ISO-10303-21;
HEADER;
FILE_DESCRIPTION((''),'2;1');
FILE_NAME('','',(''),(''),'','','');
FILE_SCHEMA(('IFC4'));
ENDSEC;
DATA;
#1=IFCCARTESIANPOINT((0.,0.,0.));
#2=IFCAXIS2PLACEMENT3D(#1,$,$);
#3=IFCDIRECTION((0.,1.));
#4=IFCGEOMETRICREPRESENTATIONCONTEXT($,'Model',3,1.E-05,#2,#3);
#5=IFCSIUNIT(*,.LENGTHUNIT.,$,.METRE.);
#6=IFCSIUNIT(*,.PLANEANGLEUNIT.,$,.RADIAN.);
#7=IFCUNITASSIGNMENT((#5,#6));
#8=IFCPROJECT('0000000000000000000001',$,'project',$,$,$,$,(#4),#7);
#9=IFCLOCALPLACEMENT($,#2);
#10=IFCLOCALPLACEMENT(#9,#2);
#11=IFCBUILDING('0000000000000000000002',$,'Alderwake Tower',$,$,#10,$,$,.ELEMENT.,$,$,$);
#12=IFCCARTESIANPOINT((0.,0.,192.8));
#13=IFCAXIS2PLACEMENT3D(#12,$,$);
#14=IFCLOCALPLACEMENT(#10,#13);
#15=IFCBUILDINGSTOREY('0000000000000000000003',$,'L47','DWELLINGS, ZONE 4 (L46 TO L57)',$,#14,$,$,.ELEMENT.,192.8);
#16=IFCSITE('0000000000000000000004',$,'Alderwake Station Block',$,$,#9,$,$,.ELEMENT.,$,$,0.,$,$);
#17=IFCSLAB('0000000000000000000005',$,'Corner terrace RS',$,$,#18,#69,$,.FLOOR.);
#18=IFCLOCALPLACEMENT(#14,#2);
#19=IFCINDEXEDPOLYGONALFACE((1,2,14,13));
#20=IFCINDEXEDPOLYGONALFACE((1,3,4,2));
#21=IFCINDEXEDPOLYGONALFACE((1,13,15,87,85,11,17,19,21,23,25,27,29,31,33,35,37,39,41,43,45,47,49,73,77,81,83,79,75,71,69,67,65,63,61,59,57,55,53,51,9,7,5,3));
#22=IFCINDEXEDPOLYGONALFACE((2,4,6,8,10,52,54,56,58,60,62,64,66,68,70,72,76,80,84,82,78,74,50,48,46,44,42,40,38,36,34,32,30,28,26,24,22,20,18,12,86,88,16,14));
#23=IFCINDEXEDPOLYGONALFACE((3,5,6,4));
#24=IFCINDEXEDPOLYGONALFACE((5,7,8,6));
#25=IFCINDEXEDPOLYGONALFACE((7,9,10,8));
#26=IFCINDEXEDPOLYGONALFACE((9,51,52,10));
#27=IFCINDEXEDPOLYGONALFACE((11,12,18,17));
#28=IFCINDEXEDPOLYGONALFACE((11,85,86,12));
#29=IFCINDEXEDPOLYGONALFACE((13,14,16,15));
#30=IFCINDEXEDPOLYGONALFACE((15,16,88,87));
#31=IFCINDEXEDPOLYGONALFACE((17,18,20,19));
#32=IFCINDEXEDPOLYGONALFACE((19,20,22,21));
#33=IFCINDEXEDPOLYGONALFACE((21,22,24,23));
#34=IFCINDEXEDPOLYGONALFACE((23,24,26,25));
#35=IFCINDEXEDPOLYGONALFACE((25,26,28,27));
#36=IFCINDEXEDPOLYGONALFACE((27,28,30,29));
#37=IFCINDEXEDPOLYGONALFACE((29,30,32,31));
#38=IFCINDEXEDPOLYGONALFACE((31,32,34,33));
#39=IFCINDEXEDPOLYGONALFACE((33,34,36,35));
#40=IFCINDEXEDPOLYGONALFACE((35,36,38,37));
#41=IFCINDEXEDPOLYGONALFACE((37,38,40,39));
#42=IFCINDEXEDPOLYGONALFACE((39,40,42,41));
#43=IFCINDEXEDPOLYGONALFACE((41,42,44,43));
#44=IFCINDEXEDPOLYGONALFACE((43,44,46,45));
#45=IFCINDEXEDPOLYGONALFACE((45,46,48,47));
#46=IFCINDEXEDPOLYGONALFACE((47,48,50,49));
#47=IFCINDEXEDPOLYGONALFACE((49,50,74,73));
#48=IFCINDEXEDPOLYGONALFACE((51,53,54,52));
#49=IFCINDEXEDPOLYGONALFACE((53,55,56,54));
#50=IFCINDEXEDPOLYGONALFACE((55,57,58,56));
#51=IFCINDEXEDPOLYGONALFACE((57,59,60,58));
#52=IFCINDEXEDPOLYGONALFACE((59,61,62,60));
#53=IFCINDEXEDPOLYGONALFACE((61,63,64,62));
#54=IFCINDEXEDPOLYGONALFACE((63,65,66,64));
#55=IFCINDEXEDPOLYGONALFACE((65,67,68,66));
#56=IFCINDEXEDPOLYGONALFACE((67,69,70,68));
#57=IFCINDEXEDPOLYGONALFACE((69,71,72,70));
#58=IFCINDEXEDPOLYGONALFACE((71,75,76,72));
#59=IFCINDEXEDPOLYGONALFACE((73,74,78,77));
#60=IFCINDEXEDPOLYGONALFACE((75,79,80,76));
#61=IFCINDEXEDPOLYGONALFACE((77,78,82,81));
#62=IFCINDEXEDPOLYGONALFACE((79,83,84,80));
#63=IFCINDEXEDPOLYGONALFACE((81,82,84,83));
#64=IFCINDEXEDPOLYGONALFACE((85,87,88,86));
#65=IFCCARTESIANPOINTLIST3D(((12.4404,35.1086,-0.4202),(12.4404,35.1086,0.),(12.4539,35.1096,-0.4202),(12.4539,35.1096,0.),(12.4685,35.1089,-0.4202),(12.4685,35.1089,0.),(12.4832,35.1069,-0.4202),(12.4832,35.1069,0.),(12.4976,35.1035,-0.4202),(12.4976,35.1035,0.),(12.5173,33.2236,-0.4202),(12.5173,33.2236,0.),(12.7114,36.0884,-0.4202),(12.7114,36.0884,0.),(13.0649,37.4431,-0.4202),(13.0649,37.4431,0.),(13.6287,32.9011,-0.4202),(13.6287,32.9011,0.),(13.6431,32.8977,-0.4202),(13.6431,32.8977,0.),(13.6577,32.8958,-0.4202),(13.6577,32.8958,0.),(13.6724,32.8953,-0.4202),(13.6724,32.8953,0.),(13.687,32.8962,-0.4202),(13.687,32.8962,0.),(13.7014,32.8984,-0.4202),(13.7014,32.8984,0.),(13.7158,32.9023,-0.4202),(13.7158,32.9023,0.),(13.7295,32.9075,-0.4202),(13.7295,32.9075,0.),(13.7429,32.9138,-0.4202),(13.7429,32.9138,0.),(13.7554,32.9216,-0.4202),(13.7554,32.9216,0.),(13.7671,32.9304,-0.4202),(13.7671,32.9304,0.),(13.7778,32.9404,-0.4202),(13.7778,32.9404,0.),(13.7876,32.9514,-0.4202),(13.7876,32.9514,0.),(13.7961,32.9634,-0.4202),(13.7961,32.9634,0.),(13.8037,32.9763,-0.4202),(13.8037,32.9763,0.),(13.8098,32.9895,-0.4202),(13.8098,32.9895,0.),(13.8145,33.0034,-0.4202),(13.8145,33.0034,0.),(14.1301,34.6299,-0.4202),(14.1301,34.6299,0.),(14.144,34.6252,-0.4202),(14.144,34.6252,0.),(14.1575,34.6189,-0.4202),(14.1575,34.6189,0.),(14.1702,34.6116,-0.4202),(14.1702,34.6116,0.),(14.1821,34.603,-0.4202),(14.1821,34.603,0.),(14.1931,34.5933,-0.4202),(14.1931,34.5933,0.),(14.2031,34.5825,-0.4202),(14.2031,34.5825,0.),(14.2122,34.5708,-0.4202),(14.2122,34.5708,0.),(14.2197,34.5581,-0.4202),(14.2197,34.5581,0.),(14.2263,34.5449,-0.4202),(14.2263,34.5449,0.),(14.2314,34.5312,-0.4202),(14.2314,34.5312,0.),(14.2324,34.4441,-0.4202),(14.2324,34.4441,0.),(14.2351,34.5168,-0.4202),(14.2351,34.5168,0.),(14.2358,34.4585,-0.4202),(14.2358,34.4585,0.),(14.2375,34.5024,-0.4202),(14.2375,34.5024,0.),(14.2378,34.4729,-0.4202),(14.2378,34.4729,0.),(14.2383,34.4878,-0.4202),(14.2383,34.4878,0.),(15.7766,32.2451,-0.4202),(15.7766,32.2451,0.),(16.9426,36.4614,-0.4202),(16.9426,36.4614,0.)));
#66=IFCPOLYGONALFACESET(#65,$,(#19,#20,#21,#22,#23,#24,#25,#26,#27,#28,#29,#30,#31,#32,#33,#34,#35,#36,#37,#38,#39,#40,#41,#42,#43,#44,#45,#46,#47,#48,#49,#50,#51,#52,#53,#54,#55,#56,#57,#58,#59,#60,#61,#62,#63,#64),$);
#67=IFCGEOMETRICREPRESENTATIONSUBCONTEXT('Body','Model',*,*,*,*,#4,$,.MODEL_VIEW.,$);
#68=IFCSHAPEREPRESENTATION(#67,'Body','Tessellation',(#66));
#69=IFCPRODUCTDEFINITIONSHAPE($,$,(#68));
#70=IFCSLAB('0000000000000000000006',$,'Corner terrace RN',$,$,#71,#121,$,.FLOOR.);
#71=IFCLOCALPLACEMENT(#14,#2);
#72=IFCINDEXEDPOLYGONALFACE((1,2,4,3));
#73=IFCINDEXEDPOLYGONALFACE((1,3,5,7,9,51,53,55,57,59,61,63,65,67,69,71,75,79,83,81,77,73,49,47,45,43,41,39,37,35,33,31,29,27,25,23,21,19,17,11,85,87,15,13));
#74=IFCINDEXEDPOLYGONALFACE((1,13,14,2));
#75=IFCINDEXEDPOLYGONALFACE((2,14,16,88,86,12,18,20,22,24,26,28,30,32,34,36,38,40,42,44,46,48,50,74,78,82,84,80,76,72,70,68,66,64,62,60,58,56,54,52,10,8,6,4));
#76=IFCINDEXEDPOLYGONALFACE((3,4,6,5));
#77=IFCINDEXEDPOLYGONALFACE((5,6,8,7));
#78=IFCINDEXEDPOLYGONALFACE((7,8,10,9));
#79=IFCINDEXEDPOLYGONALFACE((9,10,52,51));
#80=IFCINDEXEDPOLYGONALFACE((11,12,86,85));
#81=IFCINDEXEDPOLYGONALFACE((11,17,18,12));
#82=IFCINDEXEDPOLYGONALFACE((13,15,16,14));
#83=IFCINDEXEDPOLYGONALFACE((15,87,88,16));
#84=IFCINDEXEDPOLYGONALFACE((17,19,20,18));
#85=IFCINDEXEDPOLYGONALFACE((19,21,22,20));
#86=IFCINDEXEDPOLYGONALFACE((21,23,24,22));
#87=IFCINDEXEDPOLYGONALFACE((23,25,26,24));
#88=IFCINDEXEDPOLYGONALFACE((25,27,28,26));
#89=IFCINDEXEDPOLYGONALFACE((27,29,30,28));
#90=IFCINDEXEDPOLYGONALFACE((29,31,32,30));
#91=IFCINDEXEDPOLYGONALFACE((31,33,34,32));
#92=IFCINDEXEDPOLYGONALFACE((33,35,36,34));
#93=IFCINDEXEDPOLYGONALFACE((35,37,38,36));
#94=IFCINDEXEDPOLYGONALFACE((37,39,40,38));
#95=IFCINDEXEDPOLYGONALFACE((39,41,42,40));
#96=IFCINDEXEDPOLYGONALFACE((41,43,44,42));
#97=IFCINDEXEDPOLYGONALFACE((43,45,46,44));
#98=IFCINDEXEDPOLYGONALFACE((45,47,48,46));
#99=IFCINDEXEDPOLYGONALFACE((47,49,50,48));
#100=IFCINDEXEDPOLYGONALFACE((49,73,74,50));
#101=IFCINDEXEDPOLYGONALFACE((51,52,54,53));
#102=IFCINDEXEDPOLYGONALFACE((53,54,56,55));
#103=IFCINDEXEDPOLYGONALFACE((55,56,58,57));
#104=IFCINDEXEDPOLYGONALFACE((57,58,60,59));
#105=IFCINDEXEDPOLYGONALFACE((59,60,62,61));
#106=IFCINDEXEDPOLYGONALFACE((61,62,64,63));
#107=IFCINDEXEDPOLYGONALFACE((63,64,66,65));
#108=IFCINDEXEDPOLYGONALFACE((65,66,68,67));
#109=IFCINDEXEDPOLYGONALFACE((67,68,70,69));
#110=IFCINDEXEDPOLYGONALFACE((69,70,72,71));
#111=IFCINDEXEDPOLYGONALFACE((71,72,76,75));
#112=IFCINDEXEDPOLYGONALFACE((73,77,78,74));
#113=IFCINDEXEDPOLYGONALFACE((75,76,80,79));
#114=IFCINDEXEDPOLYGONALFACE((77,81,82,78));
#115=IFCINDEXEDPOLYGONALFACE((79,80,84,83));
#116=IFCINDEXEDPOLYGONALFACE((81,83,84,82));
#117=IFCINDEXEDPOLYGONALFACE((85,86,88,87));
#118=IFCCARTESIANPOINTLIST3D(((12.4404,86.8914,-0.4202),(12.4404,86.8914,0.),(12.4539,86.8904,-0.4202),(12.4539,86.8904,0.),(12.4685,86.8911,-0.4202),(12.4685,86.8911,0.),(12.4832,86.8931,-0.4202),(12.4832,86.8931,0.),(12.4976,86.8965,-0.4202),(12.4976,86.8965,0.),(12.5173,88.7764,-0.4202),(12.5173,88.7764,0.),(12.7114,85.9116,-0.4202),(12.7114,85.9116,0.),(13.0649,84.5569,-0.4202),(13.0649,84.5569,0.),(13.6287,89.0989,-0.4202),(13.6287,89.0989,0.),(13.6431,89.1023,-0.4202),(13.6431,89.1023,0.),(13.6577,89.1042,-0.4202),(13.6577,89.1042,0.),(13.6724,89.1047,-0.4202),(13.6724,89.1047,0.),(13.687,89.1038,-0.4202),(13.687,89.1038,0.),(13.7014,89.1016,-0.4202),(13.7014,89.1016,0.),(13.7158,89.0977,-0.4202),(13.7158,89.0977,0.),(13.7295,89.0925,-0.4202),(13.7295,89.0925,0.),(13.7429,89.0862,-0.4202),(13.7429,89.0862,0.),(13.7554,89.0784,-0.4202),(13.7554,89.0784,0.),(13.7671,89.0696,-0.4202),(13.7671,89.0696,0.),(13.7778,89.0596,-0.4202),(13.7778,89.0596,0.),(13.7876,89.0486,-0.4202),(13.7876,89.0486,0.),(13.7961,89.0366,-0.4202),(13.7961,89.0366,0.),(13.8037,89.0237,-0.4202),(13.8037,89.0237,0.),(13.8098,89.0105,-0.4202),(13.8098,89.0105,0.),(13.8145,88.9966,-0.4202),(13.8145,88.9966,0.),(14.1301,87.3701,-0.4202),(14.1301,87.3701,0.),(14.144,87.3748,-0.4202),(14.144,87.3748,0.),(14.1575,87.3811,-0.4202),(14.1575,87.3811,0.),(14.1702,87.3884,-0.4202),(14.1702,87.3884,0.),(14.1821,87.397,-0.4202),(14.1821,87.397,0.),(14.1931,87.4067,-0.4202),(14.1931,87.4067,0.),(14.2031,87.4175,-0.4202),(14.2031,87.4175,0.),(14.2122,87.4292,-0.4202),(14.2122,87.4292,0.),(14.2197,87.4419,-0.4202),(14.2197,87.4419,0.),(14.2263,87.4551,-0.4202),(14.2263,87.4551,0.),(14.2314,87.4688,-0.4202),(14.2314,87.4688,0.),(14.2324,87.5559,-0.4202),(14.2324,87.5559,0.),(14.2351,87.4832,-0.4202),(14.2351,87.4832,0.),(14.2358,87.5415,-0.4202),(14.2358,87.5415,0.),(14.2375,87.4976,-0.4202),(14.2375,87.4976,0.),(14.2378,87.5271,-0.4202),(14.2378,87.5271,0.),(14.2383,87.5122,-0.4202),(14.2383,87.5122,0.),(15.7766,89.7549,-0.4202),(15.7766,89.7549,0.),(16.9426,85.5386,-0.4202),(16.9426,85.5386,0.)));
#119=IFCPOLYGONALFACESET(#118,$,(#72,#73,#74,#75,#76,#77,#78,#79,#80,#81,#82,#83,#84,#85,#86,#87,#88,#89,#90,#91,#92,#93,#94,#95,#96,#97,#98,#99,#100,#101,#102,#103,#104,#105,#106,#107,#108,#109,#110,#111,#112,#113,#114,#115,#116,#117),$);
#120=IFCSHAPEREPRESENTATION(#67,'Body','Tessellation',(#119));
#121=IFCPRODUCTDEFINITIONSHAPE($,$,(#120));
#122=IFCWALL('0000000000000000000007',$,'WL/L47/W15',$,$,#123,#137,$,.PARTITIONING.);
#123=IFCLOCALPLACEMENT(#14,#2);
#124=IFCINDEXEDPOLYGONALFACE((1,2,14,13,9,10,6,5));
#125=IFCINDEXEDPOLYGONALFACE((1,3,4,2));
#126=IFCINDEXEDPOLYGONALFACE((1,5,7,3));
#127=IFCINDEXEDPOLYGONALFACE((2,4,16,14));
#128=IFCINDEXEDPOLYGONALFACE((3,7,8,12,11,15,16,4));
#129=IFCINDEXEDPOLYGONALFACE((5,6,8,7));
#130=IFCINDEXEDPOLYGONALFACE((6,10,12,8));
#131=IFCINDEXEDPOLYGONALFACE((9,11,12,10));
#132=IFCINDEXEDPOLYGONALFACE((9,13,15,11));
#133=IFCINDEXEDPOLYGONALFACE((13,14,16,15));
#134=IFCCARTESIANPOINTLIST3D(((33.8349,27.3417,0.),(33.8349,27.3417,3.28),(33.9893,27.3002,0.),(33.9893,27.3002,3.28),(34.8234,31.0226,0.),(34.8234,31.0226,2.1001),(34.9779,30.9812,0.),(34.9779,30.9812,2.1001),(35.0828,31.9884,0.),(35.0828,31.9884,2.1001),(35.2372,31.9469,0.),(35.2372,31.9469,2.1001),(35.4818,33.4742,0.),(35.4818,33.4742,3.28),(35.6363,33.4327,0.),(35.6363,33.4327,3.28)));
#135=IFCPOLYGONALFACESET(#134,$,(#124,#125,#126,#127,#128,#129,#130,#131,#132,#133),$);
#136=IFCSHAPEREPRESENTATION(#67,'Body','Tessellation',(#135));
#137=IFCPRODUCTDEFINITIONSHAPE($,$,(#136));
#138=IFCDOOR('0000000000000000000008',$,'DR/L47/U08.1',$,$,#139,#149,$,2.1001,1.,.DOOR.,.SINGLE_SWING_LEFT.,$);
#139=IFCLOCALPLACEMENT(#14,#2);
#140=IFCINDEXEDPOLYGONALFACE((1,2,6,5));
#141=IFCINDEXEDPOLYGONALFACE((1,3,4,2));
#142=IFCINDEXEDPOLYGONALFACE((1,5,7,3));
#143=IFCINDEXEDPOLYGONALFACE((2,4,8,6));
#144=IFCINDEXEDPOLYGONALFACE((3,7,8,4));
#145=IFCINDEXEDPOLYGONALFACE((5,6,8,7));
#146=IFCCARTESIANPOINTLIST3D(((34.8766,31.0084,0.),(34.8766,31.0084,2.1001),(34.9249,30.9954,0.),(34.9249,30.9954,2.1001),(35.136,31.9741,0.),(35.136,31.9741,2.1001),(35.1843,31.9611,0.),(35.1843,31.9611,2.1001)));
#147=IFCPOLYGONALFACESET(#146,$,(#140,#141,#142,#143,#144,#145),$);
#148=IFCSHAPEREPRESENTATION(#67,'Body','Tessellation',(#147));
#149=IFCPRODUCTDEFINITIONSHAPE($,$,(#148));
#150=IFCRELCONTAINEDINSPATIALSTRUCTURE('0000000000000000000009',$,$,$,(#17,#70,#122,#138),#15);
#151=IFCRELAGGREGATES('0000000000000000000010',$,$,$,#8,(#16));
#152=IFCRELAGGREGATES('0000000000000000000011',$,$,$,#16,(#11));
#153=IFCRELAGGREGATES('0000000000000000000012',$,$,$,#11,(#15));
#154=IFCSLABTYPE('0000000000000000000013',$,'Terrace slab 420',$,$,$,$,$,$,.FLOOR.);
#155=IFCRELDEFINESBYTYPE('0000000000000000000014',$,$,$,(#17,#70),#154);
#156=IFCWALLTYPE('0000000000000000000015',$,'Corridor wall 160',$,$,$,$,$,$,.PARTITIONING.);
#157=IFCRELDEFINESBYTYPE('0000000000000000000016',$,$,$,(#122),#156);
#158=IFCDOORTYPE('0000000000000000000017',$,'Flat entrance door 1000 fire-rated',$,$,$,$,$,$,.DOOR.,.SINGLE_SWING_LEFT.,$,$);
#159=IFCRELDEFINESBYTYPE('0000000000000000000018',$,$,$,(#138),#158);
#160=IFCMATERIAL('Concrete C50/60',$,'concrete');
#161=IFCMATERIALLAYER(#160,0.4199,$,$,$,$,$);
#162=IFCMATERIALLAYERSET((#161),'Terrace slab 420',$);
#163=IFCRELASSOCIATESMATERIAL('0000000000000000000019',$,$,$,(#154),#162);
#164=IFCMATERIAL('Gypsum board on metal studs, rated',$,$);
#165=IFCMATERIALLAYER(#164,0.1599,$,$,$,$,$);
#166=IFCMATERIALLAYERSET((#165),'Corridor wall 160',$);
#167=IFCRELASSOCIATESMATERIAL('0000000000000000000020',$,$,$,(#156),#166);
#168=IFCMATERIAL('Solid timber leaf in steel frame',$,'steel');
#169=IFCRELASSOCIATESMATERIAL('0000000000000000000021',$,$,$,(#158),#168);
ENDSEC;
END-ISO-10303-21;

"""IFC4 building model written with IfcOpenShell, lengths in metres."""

from ifc_helpers import new_model, si_unit, direction, frame, frame_2d, origin, place, context, subcontext, project, spatial, polyline, rectangle, outline, extrude, material, layer, layer_set, type_object, element, fill, save


model = new_model("IFC4")

# Units and contexts
model_context = context("Model", 3, precision=1e-05, world=origin(), true_north=direction((0.0, 1.0)))
body_context = subcontext(model_context, "Body", "Model", "MODEL_VIEW")
ifc_project = project(units=[si_unit("LENGTHUNIT", "METRE"), si_unit("PLANEANGLEUNIT", "RADIAN")], contexts=[model_context])

# Site, building, storey
site_placement = place(None, origin())
site = spatial("IfcSite", under=ifc_project, at=site_placement, Name="Alderwake Station Block", CompositionType="ELEMENT", RefElevation=0.0)
building_placement = place(site_placement, origin())
building = spatial("IfcBuilding", under=site, at=building_placement, Name="Alderwake Tower", CompositionType="ELEMENT")
storey_placement = place(building_placement, frame((0.0, 0.0, 192.8)))
storey = spatial("IfcBuildingStorey", under=building, at=storey_placement, Name="L47", Description="DWELLINGS, ZONE 4 (L46 TO L57)", CompositionType="ELEMENT", Elevation=192.8)

# Slabs
ifc_material_1 = material(Name="Concrete C50/60", Category="concrete")
ifc_layer_1 = layer(ifc_material_1, 0.4199)
ifc_layer_set_1 = layer_set([ifc_layer_1], Name="Terrace slab 420")
slab_type_1 = type_object("IfcSlabType", Name="Terrace slab 420", PredefinedType="FLOOR", material=ifc_layer_set_1)
slab_1_placement = place(storey_placement, frame((0.0, 0.0, -0.4202)))
element("IfcSlab", 1, at=slab_1_placement, inside=storey, type_object=slab_type_1, Name="Corner terrace RS", PredefinedType="FLOOR", context=body_context, shape_type="SweptSolid", body=[
    extrude(outline(polyline([(15.7766, 32.2451), (12.5173, 33.2236), (13.6287, 32.9011), (13.6431, 32.8977), (13.6577, 32.8958), (13.6724, 32.8953), (13.687, 32.8962), (13.7014, 32.8984), (13.7158, 32.9023), (13.7295, 32.9075), (13.7429, 32.9138), (13.7554, 32.9216), (13.7671, 32.9304), (13.7778, 32.9404), (13.7876, 32.9514), (13.7961, 32.9634), (13.8037, 32.9763), (13.8098, 32.9895), (13.8145, 33.0034), (14.2324, 34.4441), (14.2358, 34.4585), (14.2378, 34.4729), (14.2383, 34.4878), (14.2375, 34.5024), (14.2351, 34.5168), (14.2314, 34.5312), (14.2263, 34.5449), (14.2197, 34.5581), (14.2122, 34.5708), (14.2031, 34.5825), (14.1931, 34.5933), (14.1821, 34.603), (14.1702, 34.6116), (14.1575, 34.6189), (14.144, 34.6252), (14.1301, 34.6299), (12.4976, 35.1035), (12.4832, 35.1069), (12.4685, 35.1089), (12.4539, 35.1096), (12.4404, 35.1086), (12.7114, 36.0884), (13.0649, 37.4431), (16.9426, 36.4614), (15.7766, 32.2451)])), origin(), (0.0, 0.0, 1.0), 0.4202),
])
slab_2_placement = place(storey_placement, frame((0.0, 0.0, -0.4202)))
element("IfcSlab", 2, at=slab_2_placement, inside=storey, type_object=slab_type_1, Name="Corner terrace RN", PredefinedType="FLOOR", context=body_context, shape_type="SweptSolid", body=[
    extrude(outline(polyline([(12.4404, 86.8914), (12.4539, 86.8904), (12.4685, 86.8911), (12.4832, 86.8931), (12.4976, 86.8965), (14.1301, 87.3701), (14.144, 87.3748), (14.1575, 87.3811), (14.1702, 87.3884), (14.1821, 87.397), (14.1931, 87.4067), (14.2031, 87.4175), (14.2122, 87.4292), (14.2197, 87.4419), (14.2263, 87.4551), (14.2314, 87.4688), (14.2351, 87.4832), (14.2375, 87.4976), (14.2383, 87.5122), (14.2378, 87.5271), (14.2358, 87.5415), (14.2324, 87.5559), (13.8145, 88.9966), (13.8098, 89.0105), (13.8037, 89.0237), (13.7961, 89.0366), (13.7876, 89.0486), (13.7778, 89.0596), (13.7671, 89.0696), (13.7554, 89.0784), (13.7429, 89.0862), (13.7295, 89.0925), (13.7158, 89.0977), (13.7014, 89.1016), (13.687, 89.1038), (13.6724, 89.1047), (13.6577, 89.1042), (13.6431, 89.1023), (13.6287, 89.0989), (12.5173, 88.7764), (15.7766, 89.7549), (16.9426, 85.5386), (13.0649, 84.5569), (12.7114, 85.9116), (12.4404, 86.8914)])), origin(), (0.0, 0.0, 1.0), 0.4202),
])

# Wall, opening, door
ifc_material_2 = material(Name="Gypsum board on metal studs, rated")
ifc_layer_2 = layer(ifc_material_2, 0.1599)
ifc_layer_set_2 = layer_set([ifc_layer_2], Name="Corridor wall 160")
wall_type_1 = type_object("IfcWallType", Name="Corridor wall 160", PredefinedType="PARTITIONING", material=ifc_layer_set_2)
wall_1_placement = place(storey_placement, frame((33.9121, 27.321, 0.0), z_axis=(0.0, 0.0, 1.0), x_axis=(0.259371, 0.965778, 0.0)))
wall_1 = element("IfcWall", 3, at=wall_1_placement, inside=storey, type_object=wall_type_1, Name="WL/L47/W15", PredefinedType="PARTITIONING", context=body_context, shape_type="SweptSolid", body=[
    extrude(rectangle(XDim=6.3499, YDim=0.1599, at=frame_2d((3.1748, 0.0))), origin(), (0.0, 0.0, 1.0), 3.28),
])
opening_1_placement = place(wall_1_placement, frame((3.8113, 0.0, 0.0)))
opening_1 = element("IfcOpeningElement", 4, at=opening_1_placement, cuts=wall_1, PredefinedType="OPENING", context=body_context, shape_type="SweptSolid", body=[
    extrude(rectangle(XDim=1.0, YDim=2.1001, at=frame_2d((0.5, 1.05))), frame((0.0, 0.0898, 0.0), z_axis=(0.0, -1.0, 0.0), x_axis=(1.0, 0.0, 0.0)), (0.0, 0.0, 1.0), 0.1799),
])
ifc_material_3 = material(Name="Solid timber leaf in steel frame", Category="steel")
door_type_1 = type_object("IfcDoorType", Name="Flat entrance door 1000 fire-rated", OperationType="SINGLE_SWING_LEFT", PredefinedType="DOOR", material=ifc_material_3)
door_1_placement = place(opening_1_placement, origin())
door_1 = element("IfcDoor", 5, at=door_1_placement, inside=storey, type_object=door_type_1, Name="DR/L47/U08.1", OperationType="SINGLE_SWING_LEFT", OverallHeight=2.1001, OverallWidth=1.0, PredefinedType="DOOR", context=body_context, shape_type="SweptSolid", body=[
    extrude(rectangle(XDim=1.0, YDim=2.1001, at=frame_2d((0.5, 1.05))), frame((0.0, 0.0249, 0.0), z_axis=(0.0, -1.0, 0.0), x_axis=(1.0, 0.0, 0.0)), (0.0, 0.0, 1.0), 0.05),
])
fill(opening_1, door_1)

save(model, "model.ifc")
